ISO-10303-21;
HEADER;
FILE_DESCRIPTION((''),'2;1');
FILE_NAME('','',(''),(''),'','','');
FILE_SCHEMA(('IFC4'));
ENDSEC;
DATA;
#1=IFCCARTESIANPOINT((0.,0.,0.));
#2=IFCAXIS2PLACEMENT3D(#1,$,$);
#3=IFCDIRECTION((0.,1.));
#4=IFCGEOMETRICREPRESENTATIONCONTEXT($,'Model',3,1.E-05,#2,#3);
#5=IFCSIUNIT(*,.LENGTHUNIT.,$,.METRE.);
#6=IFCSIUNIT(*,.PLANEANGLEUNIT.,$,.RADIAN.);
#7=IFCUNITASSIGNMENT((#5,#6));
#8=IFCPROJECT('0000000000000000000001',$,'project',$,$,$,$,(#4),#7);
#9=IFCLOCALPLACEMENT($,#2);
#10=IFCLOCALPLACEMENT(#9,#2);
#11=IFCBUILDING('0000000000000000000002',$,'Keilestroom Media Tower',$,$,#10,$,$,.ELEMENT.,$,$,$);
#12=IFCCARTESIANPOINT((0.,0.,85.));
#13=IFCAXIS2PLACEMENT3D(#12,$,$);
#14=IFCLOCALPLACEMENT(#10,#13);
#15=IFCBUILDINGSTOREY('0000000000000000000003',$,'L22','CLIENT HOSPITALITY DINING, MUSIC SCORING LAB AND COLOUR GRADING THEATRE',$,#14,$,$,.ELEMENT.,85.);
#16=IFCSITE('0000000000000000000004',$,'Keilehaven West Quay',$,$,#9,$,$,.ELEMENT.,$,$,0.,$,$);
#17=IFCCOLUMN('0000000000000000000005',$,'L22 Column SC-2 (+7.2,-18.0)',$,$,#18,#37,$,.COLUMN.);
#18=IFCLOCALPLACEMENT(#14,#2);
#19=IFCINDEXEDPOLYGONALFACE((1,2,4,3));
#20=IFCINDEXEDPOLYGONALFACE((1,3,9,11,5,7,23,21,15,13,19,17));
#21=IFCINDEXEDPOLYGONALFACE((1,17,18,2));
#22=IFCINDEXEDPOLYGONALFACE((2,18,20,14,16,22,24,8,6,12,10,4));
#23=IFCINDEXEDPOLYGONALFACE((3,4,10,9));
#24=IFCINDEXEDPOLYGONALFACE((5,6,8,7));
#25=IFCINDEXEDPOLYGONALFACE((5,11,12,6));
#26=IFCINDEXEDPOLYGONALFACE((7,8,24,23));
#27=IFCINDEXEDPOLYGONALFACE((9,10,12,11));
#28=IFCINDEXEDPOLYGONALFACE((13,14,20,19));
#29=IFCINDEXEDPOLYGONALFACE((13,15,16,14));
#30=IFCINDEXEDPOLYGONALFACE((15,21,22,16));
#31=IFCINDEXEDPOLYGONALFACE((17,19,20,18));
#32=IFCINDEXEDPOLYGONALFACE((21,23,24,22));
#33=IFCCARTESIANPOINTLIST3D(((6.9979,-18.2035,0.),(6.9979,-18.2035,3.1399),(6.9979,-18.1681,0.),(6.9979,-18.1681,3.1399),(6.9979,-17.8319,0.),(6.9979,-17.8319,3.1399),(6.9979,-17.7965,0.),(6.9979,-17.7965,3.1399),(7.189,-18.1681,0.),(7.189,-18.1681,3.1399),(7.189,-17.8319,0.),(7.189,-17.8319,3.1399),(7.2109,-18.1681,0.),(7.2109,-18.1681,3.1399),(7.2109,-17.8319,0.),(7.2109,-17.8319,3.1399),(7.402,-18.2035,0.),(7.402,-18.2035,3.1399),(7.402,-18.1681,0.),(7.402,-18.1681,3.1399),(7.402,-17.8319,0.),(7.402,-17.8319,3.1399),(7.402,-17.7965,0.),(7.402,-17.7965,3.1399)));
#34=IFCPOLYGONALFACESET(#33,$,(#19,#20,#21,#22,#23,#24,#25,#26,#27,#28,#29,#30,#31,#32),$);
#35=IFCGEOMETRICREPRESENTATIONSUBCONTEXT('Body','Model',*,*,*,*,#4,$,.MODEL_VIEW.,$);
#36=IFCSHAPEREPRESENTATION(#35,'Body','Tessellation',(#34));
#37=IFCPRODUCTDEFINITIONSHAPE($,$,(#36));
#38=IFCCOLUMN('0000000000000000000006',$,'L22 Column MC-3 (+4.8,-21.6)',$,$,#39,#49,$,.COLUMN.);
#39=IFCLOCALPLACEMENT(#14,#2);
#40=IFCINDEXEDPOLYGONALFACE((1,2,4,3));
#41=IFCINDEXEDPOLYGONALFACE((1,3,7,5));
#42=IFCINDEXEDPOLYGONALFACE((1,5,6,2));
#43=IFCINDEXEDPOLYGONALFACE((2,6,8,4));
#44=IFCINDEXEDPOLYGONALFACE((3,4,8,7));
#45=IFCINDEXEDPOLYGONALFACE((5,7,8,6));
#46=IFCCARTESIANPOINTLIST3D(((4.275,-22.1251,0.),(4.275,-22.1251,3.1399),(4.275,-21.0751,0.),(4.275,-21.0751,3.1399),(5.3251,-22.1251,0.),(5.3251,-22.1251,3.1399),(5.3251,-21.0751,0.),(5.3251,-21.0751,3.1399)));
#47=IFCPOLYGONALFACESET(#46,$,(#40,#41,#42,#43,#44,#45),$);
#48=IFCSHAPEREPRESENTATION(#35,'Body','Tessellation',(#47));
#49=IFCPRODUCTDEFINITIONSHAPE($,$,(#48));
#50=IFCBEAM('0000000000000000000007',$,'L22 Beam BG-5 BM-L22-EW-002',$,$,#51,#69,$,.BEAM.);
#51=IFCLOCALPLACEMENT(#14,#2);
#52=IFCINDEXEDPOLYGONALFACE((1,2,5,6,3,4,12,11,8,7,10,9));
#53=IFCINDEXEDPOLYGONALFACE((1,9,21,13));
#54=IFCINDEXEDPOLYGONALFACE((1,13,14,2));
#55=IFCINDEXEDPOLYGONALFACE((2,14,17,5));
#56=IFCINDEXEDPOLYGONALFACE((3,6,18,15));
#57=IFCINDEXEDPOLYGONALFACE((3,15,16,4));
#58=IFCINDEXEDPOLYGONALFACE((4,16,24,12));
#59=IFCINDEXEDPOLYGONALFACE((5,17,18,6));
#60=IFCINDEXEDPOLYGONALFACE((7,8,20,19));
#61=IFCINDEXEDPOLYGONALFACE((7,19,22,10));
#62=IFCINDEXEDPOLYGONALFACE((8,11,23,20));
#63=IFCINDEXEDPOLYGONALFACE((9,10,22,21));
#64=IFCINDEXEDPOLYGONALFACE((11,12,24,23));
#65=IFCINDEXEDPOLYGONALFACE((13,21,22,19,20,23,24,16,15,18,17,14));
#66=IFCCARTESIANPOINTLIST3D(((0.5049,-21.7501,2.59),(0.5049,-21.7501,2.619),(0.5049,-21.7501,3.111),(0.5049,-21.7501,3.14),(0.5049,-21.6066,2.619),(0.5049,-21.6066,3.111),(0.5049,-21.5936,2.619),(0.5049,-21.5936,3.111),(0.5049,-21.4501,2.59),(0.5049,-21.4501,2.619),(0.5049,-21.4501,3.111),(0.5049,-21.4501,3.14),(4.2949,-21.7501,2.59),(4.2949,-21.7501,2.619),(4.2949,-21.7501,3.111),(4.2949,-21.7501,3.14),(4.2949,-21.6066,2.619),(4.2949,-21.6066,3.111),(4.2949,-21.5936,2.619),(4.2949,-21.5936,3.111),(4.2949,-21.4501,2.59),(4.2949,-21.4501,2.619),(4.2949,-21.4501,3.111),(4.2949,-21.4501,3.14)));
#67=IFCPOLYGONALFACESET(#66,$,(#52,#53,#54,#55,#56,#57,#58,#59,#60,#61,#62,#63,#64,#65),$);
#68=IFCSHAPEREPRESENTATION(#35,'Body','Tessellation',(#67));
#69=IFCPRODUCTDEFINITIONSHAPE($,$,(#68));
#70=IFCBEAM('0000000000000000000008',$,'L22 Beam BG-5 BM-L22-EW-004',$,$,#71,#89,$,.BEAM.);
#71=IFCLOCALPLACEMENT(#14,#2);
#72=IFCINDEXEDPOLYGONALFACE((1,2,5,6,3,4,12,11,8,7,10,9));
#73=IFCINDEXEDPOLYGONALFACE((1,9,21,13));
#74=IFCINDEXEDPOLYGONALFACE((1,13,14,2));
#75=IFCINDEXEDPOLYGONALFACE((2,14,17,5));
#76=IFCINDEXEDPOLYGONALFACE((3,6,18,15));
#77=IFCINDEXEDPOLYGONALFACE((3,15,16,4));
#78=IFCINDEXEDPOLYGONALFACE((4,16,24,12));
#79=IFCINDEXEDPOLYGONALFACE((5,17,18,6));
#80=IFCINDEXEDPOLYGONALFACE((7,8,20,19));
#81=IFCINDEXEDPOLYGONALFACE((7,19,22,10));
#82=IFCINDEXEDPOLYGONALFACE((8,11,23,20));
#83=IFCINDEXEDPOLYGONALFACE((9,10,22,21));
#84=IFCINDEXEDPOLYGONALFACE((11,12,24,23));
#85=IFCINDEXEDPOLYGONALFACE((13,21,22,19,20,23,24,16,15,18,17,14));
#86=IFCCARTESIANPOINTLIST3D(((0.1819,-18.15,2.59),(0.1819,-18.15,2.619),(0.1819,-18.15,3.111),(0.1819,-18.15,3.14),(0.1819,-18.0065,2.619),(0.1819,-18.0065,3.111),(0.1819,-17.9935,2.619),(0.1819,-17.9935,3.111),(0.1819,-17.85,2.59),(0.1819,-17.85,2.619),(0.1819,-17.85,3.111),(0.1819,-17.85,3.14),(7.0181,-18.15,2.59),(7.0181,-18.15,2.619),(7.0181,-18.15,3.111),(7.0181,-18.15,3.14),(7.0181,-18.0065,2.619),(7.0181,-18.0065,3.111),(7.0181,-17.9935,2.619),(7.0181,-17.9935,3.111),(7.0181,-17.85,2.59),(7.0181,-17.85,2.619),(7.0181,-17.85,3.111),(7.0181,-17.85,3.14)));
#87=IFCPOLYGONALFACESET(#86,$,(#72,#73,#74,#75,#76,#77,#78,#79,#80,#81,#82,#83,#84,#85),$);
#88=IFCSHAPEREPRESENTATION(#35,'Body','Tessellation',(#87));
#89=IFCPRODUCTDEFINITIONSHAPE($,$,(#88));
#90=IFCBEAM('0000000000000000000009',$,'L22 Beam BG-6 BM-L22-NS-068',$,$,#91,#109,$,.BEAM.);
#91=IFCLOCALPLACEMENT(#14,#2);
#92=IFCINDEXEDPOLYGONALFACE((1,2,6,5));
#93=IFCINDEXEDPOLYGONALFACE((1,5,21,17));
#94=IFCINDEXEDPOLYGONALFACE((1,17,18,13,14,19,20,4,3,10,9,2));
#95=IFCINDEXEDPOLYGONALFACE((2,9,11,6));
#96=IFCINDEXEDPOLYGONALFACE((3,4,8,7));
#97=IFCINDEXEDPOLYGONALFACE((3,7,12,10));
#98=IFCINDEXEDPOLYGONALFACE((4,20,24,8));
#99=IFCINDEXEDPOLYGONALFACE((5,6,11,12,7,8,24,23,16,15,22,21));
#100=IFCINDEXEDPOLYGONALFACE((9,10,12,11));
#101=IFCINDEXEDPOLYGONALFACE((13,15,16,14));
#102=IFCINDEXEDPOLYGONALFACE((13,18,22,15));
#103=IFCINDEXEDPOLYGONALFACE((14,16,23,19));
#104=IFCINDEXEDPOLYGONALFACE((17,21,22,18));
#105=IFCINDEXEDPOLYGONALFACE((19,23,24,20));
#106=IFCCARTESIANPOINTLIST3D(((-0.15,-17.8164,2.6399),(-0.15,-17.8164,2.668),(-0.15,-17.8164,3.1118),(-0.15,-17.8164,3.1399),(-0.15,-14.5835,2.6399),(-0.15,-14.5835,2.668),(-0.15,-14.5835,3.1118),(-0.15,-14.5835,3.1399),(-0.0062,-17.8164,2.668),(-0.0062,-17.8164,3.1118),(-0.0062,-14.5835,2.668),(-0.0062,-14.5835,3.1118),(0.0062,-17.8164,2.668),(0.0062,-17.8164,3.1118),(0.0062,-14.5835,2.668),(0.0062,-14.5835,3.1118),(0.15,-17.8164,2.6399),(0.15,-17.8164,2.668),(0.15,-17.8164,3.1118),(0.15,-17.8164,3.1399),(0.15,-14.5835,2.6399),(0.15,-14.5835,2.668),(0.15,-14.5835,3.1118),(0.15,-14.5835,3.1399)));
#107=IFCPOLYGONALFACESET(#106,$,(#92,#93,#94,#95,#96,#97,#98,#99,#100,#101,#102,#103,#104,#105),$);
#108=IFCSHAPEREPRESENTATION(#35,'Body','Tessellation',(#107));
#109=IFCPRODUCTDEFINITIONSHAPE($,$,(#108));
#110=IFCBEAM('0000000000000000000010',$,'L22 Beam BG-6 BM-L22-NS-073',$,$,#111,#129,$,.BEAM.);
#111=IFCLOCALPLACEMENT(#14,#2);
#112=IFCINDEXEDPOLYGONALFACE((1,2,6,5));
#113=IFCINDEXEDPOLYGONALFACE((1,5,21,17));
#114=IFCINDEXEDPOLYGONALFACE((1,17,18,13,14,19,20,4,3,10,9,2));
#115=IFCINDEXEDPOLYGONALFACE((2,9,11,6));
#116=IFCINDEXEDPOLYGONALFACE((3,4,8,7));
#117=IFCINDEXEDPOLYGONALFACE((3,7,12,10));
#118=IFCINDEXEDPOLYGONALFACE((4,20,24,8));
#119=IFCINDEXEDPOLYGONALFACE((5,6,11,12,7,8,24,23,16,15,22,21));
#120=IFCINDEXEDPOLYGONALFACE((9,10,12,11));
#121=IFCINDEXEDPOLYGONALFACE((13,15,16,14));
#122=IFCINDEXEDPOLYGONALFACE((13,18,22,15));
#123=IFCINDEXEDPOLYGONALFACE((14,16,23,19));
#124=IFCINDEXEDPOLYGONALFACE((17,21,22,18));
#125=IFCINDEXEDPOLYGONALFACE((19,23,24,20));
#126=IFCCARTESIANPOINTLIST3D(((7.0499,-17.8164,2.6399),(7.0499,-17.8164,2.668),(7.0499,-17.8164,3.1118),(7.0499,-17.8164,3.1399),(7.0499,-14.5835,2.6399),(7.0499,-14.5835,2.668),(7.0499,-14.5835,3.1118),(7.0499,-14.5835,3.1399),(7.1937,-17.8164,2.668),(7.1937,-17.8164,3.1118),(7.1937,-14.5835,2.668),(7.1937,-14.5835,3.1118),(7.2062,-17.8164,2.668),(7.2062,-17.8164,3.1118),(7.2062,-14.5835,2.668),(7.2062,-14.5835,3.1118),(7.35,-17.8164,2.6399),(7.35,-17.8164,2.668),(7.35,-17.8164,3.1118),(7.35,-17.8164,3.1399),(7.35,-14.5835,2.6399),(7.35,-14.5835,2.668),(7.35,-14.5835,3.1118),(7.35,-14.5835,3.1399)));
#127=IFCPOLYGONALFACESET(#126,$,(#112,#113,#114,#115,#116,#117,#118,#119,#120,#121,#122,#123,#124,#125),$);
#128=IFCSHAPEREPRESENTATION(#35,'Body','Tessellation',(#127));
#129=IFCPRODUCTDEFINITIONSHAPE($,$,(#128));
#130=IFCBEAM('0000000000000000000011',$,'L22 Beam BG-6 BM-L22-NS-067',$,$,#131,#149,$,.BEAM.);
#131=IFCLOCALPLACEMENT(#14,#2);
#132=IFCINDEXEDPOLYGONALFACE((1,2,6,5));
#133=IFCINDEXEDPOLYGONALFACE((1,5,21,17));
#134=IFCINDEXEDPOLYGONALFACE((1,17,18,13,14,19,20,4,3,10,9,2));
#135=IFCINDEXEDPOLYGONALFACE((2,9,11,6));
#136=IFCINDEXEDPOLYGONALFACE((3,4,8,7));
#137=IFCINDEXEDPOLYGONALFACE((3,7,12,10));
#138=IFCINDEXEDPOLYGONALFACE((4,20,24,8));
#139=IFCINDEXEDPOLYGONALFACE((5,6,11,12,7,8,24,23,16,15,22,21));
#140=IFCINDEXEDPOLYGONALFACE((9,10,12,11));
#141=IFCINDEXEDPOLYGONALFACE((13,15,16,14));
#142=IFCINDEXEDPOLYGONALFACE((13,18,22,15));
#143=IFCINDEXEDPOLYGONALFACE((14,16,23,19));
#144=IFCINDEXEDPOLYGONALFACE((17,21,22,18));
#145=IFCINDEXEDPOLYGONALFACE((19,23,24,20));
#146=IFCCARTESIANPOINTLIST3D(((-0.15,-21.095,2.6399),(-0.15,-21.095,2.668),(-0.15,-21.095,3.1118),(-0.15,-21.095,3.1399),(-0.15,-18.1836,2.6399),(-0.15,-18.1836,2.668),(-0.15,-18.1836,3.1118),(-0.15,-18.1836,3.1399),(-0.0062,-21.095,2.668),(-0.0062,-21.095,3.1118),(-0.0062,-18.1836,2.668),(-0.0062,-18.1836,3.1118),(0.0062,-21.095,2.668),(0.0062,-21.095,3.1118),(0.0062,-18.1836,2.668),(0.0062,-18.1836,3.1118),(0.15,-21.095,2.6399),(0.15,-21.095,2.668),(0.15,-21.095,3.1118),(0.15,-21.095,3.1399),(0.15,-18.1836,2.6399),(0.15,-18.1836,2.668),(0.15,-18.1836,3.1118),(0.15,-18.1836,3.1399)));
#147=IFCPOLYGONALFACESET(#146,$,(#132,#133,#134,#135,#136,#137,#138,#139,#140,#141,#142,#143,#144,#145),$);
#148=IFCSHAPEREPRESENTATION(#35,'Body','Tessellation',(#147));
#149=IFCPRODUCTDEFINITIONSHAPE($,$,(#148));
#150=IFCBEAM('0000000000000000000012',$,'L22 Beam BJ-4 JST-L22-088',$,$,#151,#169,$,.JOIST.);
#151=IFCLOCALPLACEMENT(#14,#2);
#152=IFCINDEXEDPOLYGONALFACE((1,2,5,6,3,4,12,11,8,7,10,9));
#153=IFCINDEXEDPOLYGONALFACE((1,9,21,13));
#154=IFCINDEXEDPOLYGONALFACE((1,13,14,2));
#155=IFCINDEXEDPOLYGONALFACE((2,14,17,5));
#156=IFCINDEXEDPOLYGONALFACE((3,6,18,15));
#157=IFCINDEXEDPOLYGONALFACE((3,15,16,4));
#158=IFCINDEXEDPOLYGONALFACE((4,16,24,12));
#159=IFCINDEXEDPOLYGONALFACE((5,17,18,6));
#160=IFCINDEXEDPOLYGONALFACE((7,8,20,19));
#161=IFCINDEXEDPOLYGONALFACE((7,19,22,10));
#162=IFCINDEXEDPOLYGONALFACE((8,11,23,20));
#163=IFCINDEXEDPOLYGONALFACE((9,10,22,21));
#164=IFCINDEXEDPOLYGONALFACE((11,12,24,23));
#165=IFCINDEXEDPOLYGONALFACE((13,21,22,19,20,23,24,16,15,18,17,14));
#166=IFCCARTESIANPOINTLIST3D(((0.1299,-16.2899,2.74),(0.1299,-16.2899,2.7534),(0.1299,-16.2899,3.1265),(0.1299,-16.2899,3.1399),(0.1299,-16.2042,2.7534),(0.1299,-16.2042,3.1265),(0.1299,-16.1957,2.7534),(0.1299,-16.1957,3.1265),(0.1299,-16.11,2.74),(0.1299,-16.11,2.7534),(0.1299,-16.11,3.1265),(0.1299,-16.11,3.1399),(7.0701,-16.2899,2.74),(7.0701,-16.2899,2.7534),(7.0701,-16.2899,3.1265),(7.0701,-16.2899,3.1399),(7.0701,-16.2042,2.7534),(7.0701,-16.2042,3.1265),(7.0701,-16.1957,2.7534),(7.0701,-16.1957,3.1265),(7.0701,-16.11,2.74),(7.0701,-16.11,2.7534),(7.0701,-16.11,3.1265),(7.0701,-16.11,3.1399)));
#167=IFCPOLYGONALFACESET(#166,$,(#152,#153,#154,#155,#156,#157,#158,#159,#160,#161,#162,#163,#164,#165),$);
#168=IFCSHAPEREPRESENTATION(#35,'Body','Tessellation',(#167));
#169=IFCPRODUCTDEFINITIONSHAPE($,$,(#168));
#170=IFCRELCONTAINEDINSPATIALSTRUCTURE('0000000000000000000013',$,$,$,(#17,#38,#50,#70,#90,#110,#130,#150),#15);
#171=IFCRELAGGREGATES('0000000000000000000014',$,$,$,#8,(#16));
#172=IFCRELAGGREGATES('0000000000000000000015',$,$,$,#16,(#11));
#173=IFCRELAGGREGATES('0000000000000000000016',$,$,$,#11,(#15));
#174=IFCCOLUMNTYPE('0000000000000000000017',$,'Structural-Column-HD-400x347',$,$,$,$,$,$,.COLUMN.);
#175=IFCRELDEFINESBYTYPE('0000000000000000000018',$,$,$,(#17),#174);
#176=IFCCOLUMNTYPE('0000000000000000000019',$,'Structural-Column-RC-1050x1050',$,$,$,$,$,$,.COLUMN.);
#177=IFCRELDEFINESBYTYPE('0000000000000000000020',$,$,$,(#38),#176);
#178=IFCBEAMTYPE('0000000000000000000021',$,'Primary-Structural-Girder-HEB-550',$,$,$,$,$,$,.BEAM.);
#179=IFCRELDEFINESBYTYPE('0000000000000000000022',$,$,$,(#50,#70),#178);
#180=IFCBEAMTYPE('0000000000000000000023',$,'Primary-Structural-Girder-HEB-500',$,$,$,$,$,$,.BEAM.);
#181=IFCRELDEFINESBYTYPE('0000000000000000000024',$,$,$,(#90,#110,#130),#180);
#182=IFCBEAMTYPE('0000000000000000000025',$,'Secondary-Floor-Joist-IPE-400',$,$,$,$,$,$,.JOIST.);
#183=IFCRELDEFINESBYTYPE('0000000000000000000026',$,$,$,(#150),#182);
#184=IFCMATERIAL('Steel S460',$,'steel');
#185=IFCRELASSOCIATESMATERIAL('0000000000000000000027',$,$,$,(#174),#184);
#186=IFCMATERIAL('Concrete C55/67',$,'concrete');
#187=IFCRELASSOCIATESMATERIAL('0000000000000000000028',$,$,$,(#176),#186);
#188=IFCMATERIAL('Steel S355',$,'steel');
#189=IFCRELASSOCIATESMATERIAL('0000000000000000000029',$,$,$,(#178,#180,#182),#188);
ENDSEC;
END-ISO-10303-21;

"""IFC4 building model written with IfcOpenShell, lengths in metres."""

from ifc_helpers import new_model, si_unit, direction, frame, origin, origin_2d, place, context, subcontext, project, spatial, rectangle, i_section, extrude, source, transform, mapped, material, material_profile, profile_set, type_object, element, save


model = new_model("IFC4")

# Units and contexts
model_context = context("Model", 3, precision=1e-05, world=origin(), true_north=direction((0.0, 1.0)))
body_context = subcontext(model_context, "Body", "Model", "MODEL_VIEW")
ifc_project = project(units=[si_unit("LENGTHUNIT", "METRE"), si_unit("PLANEANGLEUNIT", "RADIAN")], contexts=[model_context])

# Site, building, storey
site_placement = place(None, origin())
site = spatial("IfcSite", under=ifc_project, at=site_placement, Name="Keilehaven West Quay", CompositionType="ELEMENT", RefElevation=0.0)
building_placement = place(site_placement, origin())
building = spatial("IfcBuilding", under=site, at=building_placement, Name="Keilestroom Media Tower", CompositionType="ELEMENT")
storey_placement = place(building_placement, frame((0.0, 0.0, 85.0)))
storey = spatial("IfcBuildingStorey", under=building, at=storey_placement, Name="L22", Description="CLIENT HOSPITALITY DINING, MUSIC SCORING LAB AND COLOUR GRADING THEATRE", CompositionType="ELEMENT", Elevation=85.0)

# Columns
ifc_material_1 = material(Name="Steel S460", Category="steel")
ifc_material_profile_1 = material_profile(ifc_material_1, i_section(OverallWidth=0.4041, OverallDepth=0.407, WebThickness=0.022, FlangeThickness=0.0354, at=origin_2d()), Name="HD 400x347")
ifc_profile_set_1 = profile_set([ifc_material_profile_1], Name="Steel S460")
column_type_1 = type_object("IfcColumnType", Name="Structural-Column-HD-400x347", PredefinedType="COLUMN", material=ifc_profile_set_1)
shared_shape_1 = source(origin(), body_context, "Body", "SweptSolid", [
    extrude(i_section(OverallWidth=0.4041, OverallDepth=0.407, WebThickness=0.022, FlangeThickness=0.0354, at=origin_2d()), origin(), (0.0, 0.0, 1.0), 3.1399),
])
column_1_placement = place(storey_placement, frame((7.2, -18.0, 0.0), z_axis=(0.0, 0.0, 1.0), x_axis=(1.0, 0.0, 0.0)))
element("IfcColumn", 1, at=column_1_placement, inside=storey, type_object=column_type_1, Name="L22 Column SC-2 (+7.2,-18.0)", PredefinedType="COLUMN", context=body_context, shape_type="MappedRepresentation", body=[
    mapped(shared_shape_1, transform((0.0, 0.0, 0.0), x_axis=(1.0, 0.0, 0.0), y_axis=(0.0, 1.0, 0.0), z_axis=(0.0, 0.0, 1.0), scale=1.0)),
])
ifc_material_2 = material(Name="Concrete C55/67", Category="concrete")
ifc_material_profile_2 = material_profile(ifc_material_2, rectangle(XDim=1.05, YDim=1.05, at=origin_2d()), Name="RC 1050x1050")
ifc_profile_set_2 = profile_set([ifc_material_profile_2], Name="Concrete C55/67")
column_type_2 = type_object("IfcColumnType", Name="Structural-Column-RC-1050x1050", PredefinedType="COLUMN", material=ifc_profile_set_2)
shared_shape_2 = source(origin(), body_context, "Body", "SweptSolid", [
    extrude(rectangle(XDim=1.05, YDim=1.05, at=origin_2d()), origin(), (0.0, 0.0, 1.0), 3.1399),
])
column_2_placement = place(storey_placement, frame((4.8, -21.6001, 0.0), z_axis=(0.0, 0.0, 1.0), x_axis=(1.0, 0.0, 0.0)))
element("IfcColumn", 2, at=column_2_placement, inside=storey, type_object=column_type_2, Name="L22 Column MC-3 (+4.8,-21.6)", PredefinedType="COLUMN", context=body_context, shape_type="MappedRepresentation", body=[
    mapped(shared_shape_2, transform((0.0, 0.0, 0.0), x_axis=(1.0, 0.0, 0.0), y_axis=(0.0, 1.0, 0.0), z_axis=(0.0, 0.0, 1.0), scale=1.0)),
])

# Beams
ifc_material_3 = material(Name="Steel S355", Category="steel")
ifc_material_profile_3 = material_profile(ifc_material_3, i_section(OverallWidth=0.3, OverallDepth=0.55, WebThickness=0.0129, FlangeThickness=0.0291, at=origin_2d()), Name="HEB 550")
ifc_profile_set_3 = profile_set([ifc_material_profile_3], Name="Steel S355")
beam_type_1 = type_object("IfcBeamType", Name="Primary-Structural-Girder-HEB-550", PredefinedType="BEAM", material=ifc_profile_set_3)
shared_shape_3 = source(origin(), body_context, "Body", "SweptSolid", [
    extrude(i_section(OverallWidth=0.3, OverallDepth=0.55, WebThickness=0.0129, FlangeThickness=0.0291, at=origin_2d()), origin(), (0.0, 0.0, 1.0), 3.79),
])
beam_1_placement = place(storey_placement, frame((0.5049, -21.6001, 2.865), z_axis=(1.0, 0.0, 0.0), x_axis=(0.0, 1.0, 0.0)))
element("IfcBeam", 3, at=beam_1_placement, inside=storey, type_object=beam_type_1, Name="L22 Beam BG-5 BM-L22-EW-002", PredefinedType="BEAM", context=body_context, shape_type="MappedRepresentation", body=[
    mapped(shared_shape_3, transform((0.0, 0.0, 0.0), x_axis=(1.0, 0.0, 0.0), y_axis=(0.0, 1.0, 0.0), z_axis=(0.0, 0.0, 1.0), scale=1.0)),
])
shared_shape_4 = source(origin(), body_context, "Body", "SweptSolid", [
    extrude(i_section(OverallWidth=0.3, OverallDepth=0.55, WebThickness=0.0129, FlangeThickness=0.0291, at=origin_2d()), origin(), (0.0, 0.0, 1.0), 6.8362),
])
beam_2_placement = place(storey_placement, frame((0.1819, -18.0, 2.865), z_axis=(1.0, 0.0, 0.0), x_axis=(0.0, 1.0, 0.0)))
element("IfcBeam", 4, at=beam_2_placement, inside=storey, type_object=beam_type_1, Name="L22 Beam BG-5 BM-L22-EW-004", PredefinedType="BEAM", context=body_context, shape_type="MappedRepresentation", body=[
    mapped(shared_shape_4, transform((0.0, 0.0, 0.0), x_axis=(1.0, 0.0, 0.0), y_axis=(0.0, 1.0, 0.0), z_axis=(0.0, 0.0, 1.0), scale=1.0)),
])
ifc_material_profile_4 = material_profile(ifc_material_3, i_section(OverallWidth=0.3, OverallDepth=0.5, WebThickness=0.0125, FlangeThickness=0.0281, at=origin_2d()), Name="HEB 500")
ifc_profile_set_4 = profile_set([ifc_material_profile_4], Name="Steel S355")
beam_type_2 = type_object("IfcBeamType", Name="Primary-Structural-Girder-HEB-500", PredefinedType="BEAM", material=ifc_profile_set_4)
shared_shape_5 = source(origin(), body_context, "Body", "SweptSolid", [
    extrude(i_section(OverallWidth=0.3, OverallDepth=0.5, WebThickness=0.0125, FlangeThickness=0.0281, at=origin_2d()), origin(), (0.0, 0.0, 1.0), 3.2329),
])
for number, where, z_axis, x_axis, name in (
    (5, (0.0, -17.8164, 2.8899), (0.0, 1.0, 0.0), (-1.0, 0.0, 0.0), "L22 Beam BG-6 BM-L22-NS-068"),
    (6, (7.2, -17.8164, 2.8899), (0.0, 1.0, 0.0), (-1.0, 0.0, 0.0), "L22 Beam BG-6 BM-L22-NS-073"),
):
    element("IfcBeam", number, at=place(storey_placement, frame(where, z_axis=z_axis, x_axis=x_axis)), inside=storey, type_object=beam_type_2, Name=name, PredefinedType="BEAM", context=body_context, shape_type="MappedRepresentation", body=[
        mapped(shared_shape_5, transform((0.0, 0.0, 0.0), x_axis=(1.0, 0.0, 0.0), y_axis=(0.0, 1.0, 0.0), z_axis=(0.0, 0.0, 1.0), scale=1.0)),
    ])
shared_shape_6 = source(origin(), body_context, "Body", "SweptSolid", [
    extrude(i_section(OverallWidth=0.3, OverallDepth=0.5, WebThickness=0.0125, FlangeThickness=0.0281, at=origin_2d()), origin(), (0.0, 0.0, 1.0), 2.9114),
])
beam_3_placement = place(storey_placement, frame((0.0, -21.095, 2.8899), z_axis=(0.0, 1.0, 0.0), x_axis=(-1.0, 0.0, 0.0)))
element("IfcBeam", 7, at=beam_3_placement, inside=storey, type_object=beam_type_2, Name="L22 Beam BG-6 BM-L22-NS-067", PredefinedType="BEAM", context=body_context, shape_type="MappedRepresentation", body=[
    mapped(shared_shape_6, transform((0.0, 0.0, 0.0), x_axis=(1.0, 0.0, 0.0), y_axis=(0.0, 1.0, 0.0), z_axis=(0.0, 0.0, 1.0), scale=1.0)),
])
ifc_material_profile_5 = material_profile(ifc_material_3, i_section(OverallWidth=0.1799, OverallDepth=0.3999, WebThickness=0.0085, FlangeThickness=0.0134, at=origin_2d()), Name="IPE 400")
ifc_profile_set_5 = profile_set([ifc_material_profile_5], Name="Steel S355")
beam_type_3 = type_object("IfcBeamType", Name="Secondary-Floor-Joist-IPE-400", PredefinedType="JOIST", material=ifc_profile_set_5)
shared_shape_7 = source(origin(), body_context, "Body", "SweptSolid", [
    extrude(i_section(OverallWidth=0.1799, OverallDepth=0.3999, WebThickness=0.0085, FlangeThickness=0.0134, at=origin_2d()), origin(), (0.0, 0.0, 1.0), 6.9402),
])
beam_4_placement = place(storey_placement, frame((0.1299, -16.2, 2.9399), z_axis=(1.0, 0.0, 0.0), x_axis=(0.0, 1.0, 0.0)))
element("IfcBeam", 8, at=beam_4_placement, inside=storey, type_object=beam_type_3, Name="L22 Beam BJ-4 JST-L22-088", PredefinedType="JOIST", context=body_context, shape_type="MappedRepresentation", body=[
    mapped(shared_shape_7, transform((0.0, 0.0, 0.0), x_axis=(1.0, 0.0, 0.0), y_axis=(0.0, 1.0, 0.0), z_axis=(0.0, 0.0, 1.0), scale=1.0)),
])

save(model, "model.ifc")
